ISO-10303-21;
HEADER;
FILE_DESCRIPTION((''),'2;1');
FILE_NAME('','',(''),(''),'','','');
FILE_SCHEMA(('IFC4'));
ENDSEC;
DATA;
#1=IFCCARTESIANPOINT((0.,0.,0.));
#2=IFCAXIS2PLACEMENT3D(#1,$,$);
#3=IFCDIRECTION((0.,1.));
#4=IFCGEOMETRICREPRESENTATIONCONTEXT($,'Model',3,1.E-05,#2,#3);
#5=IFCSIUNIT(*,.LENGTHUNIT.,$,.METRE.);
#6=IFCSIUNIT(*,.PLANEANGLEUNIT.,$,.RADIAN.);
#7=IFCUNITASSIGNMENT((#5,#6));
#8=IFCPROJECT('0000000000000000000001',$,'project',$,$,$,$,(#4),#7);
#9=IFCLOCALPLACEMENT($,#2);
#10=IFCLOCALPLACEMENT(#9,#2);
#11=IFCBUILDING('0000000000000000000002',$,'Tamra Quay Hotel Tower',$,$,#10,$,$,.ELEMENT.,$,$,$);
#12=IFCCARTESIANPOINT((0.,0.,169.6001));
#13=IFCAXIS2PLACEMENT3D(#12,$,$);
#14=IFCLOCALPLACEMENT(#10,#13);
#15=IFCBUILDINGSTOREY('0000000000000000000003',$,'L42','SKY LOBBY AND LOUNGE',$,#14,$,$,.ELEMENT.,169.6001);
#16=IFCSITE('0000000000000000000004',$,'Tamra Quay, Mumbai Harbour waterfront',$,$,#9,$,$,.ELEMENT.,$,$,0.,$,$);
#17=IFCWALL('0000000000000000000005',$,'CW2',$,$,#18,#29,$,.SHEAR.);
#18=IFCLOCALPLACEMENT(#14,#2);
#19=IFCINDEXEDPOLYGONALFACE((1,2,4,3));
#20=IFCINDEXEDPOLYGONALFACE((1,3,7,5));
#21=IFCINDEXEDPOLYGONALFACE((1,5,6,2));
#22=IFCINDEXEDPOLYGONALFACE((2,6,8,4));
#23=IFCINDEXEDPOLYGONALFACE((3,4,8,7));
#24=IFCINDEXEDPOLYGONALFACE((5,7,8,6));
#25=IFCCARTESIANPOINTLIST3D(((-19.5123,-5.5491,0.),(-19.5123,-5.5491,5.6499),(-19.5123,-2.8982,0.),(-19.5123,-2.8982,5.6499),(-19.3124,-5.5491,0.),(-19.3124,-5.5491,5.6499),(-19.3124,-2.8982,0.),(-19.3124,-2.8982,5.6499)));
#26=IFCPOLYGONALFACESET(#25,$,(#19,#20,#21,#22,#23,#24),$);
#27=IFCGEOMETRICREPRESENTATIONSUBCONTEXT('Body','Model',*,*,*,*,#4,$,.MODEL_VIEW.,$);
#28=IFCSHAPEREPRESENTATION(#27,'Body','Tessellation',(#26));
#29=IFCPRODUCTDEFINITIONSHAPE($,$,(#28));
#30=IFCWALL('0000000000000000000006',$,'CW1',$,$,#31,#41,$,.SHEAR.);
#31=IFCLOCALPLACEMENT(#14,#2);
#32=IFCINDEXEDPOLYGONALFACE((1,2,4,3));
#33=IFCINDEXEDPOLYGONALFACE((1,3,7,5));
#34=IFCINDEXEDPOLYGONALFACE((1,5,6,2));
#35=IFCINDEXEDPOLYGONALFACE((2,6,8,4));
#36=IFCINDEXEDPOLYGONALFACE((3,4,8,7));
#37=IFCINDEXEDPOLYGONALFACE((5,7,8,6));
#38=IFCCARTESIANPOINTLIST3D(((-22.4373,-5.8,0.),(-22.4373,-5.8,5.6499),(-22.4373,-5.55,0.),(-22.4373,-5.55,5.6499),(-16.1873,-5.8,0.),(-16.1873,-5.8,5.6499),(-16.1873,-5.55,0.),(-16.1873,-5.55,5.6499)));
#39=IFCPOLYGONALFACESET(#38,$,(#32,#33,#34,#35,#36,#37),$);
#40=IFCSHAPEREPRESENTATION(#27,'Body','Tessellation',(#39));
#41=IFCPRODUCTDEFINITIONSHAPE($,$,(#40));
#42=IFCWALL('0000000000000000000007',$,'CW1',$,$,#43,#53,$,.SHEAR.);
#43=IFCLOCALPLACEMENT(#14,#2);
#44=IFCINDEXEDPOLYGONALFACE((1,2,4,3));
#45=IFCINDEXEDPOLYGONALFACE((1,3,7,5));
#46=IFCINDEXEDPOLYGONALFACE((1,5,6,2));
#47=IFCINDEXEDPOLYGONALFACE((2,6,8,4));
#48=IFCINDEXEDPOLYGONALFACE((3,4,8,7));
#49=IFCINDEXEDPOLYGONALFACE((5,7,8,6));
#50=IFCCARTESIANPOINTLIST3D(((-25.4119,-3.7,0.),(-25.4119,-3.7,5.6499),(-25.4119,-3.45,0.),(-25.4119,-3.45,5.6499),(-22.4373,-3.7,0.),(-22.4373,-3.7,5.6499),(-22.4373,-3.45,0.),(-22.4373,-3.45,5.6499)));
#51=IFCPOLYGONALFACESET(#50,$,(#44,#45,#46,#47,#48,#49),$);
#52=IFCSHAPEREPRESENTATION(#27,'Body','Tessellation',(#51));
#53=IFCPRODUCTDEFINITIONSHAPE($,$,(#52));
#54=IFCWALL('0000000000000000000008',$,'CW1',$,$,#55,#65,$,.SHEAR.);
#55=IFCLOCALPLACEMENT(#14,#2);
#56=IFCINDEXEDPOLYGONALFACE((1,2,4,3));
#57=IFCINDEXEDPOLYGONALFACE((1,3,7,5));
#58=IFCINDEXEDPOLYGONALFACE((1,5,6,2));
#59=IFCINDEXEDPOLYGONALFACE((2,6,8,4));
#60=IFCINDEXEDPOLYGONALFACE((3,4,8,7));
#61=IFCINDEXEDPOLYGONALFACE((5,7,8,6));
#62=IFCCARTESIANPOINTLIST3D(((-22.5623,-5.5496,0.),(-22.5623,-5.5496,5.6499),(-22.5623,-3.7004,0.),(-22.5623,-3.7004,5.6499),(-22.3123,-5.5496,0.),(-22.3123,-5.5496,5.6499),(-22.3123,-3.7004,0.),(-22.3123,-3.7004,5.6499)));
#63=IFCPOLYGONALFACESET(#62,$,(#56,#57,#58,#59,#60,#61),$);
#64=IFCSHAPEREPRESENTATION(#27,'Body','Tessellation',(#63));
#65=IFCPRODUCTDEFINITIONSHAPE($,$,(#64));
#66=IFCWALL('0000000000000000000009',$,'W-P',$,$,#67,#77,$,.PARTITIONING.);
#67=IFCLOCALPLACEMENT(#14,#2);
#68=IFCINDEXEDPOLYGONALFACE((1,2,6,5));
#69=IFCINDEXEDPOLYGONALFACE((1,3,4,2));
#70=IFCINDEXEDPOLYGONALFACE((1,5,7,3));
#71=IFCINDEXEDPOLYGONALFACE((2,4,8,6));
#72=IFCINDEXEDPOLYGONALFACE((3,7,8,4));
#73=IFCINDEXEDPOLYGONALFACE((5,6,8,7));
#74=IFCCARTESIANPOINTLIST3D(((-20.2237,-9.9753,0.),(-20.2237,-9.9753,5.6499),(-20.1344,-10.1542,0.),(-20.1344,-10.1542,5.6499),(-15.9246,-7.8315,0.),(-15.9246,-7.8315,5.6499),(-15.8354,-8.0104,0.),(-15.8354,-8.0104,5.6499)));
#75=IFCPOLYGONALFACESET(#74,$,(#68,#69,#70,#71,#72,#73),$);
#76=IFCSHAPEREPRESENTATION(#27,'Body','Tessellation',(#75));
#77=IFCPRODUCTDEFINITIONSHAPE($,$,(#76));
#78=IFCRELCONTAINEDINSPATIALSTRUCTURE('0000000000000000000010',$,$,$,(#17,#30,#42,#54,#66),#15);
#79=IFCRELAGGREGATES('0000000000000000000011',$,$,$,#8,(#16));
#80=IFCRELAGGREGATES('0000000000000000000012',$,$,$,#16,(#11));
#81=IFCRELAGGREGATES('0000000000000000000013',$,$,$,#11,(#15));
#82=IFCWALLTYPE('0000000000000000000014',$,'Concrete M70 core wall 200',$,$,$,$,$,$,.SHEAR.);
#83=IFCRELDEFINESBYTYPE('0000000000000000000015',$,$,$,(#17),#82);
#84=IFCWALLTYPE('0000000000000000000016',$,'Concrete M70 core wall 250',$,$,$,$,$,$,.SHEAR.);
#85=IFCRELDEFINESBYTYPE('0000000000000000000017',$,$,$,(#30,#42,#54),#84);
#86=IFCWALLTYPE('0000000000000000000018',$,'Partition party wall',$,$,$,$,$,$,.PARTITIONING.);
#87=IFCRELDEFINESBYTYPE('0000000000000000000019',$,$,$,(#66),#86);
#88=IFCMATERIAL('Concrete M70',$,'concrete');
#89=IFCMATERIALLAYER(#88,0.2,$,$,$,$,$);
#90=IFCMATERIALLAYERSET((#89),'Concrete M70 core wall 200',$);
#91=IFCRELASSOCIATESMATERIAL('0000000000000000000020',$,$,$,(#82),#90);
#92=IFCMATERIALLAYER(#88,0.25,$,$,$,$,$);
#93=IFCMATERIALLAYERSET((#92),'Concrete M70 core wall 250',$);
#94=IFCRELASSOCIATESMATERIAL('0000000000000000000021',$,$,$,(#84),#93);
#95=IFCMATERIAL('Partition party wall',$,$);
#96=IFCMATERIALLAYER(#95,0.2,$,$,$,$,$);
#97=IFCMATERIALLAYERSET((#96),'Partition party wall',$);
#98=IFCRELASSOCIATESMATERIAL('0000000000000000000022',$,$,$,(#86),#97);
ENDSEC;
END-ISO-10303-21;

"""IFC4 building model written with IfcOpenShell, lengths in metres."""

from ifc_helpers import new_model, si_unit, direction, frame, frame_2d, origin, place, context, subcontext, project, spatial, rectangle, extrude, material, layer, layer_set, type_object, element, save


model = new_model("IFC4")

# Units and contexts
model_context = context("Model", 3, precision=1e-05, world=origin(), true_north=direction((0.0, 1.0)))
body_context = subcontext(model_context, "Body", "Model", "MODEL_VIEW")
ifc_project = project(units=[si_unit("LENGTHUNIT", "METRE"), si_unit("PLANEANGLEUNIT", "RADIAN")], contexts=[model_context])

# Site, building, storey
site_placement = place(None, origin())
site = spatial("IfcSite", under=ifc_project, at=site_placement, Name="Tamra Quay, Mumbai Harbour waterfront", CompositionType="ELEMENT", RefElevation=0.0)
building_placement = place(site_placement, origin())
building = spatial("IfcBuilding", under=site, at=building_placement, Name="Tamra Quay Hotel Tower", CompositionType="ELEMENT")
storey_placement = place(building_placement, frame((0.0, 0.0, 169.6001)))
storey = spatial("IfcBuildingStorey", under=building, at=storey_placement, Name="L42", Description="SKY LOBBY AND LOUNGE", CompositionType="ELEMENT", Elevation=169.6001)

# Shared definitions
ifc_material_1 = material(Name="Concrete M70", Category="concrete")

# Shared definitions
ifc_layer_1 = layer(ifc_material_1, 0.2)
ifc_layer_set_1 = layer_set([ifc_layer_1], Name="Concrete M70 core wall 200")
wall_type_1 = type_object("IfcWallType", Name="Concrete M70 core wall 200", PredefinedType="SHEAR", material=ifc_layer_set_1)

# Walls
wall_1_placement = place(storey_placement, frame((-19.4124, -5.5491, 0.0), z_axis=(0.0, 0.0, 1.0), x_axis=(0.0, 1.0, 0.0)))
element("IfcWall", 1, at=wall_1_placement, inside=storey, type_object=wall_type_1, Name="CW2", PredefinedType="SHEAR", context=body_context, shape_type="SweptSolid", body=[
    extrude(rectangle(XDim=2.6509, YDim=0.2, at=frame_2d((1.3254, 0.0))), origin(), (0.0, 0.0, 1.0), 5.6499),
])
ifc_layer_2 = layer(ifc_material_1, 0.25)
ifc_layer_set_2 = layer_set([ifc_layer_2], Name="Concrete M70 core wall 250")
wall_type_2 = type_object("IfcWallType", Name="Concrete M70 core wall 250", PredefinedType="SHEAR", material=ifc_layer_set_2)
wall_2_placement = place(storey_placement, frame((-16.1873, -5.675, 0.0), z_axis=(0.0, 0.0, 1.0), x_axis=(-1.0, 0.0, 0.0)))
element("IfcWall", 2, at=wall_2_placement, inside=storey, type_object=wall_type_2, Name="CW1", PredefinedType="SHEAR", context=body_context, shape_type="SweptSolid", body=[
    extrude(rectangle(XDim=6.25, YDim=0.25, at=frame_2d((3.125, 0.0))), origin(), (0.0, 0.0, 1.0), 5.6499),
])
wall_3_placement = place(storey_placement, frame((-22.4373, -3.575, 0.0), z_axis=(0.0, 0.0, 1.0), x_axis=(-1.0, 0.0, 0.0)))
element("IfcWall", 3, at=wall_3_placement, inside=storey, type_object=wall_type_2, Name="CW1", PredefinedType="SHEAR", context=body_context, shape_type="SweptSolid", body=[
    extrude(rectangle(XDim=2.9746, YDim=0.25, at=frame_2d((1.4873, 0.0))), origin(), (0.0, 0.0, 1.0), 5.6499),
])
wall_4_placement = place(storey_placement, frame((-22.4373, -5.5496, 0.0), z_axis=(0.0, 0.0, 1.0), x_axis=(0.0, 1.0, 0.0)))
element("IfcWall", 4, at=wall_4_placement, inside=storey, type_object=wall_type_2, Name="CW1", PredefinedType="SHEAR", context=body_context, shape_type="SweptSolid", body=[
    extrude(rectangle(XDim=1.8491, YDim=0.25, at=frame_2d((0.9246, 0.0))), origin(), (0.0, 0.0, 1.0), 5.6499),
])
ifc_material_2 = material(Name="Partition party wall")
ifc_layer_3 = layer(ifc_material_2, 0.2)
ifc_layer_set_3 = layer_set([ifc_layer_3], Name="Partition party wall")
wall_type_3 = type_object("IfcWallType", Name="Partition party wall", PredefinedType="PARTITIONING", material=ifc_layer_set_3)
wall_5_placement = place(storey_placement, frame((-20.179, -10.0647, 0.0), z_axis=(0.0, 0.0, 1.0), x_axis=(0.894904, 0.446258, 0.0)))
element("IfcWall", 5, at=wall_5_placement, inside=storey, type_object=wall_type_3, Name="W-P", PredefinedType="PARTITIONING", context=body_context, shape_type="SweptSolid", body=[
    extrude(rectangle(XDim=4.804, YDim=0.2, at=frame_2d((2.4019, 0.0))), origin(), (0.0, 0.0, 1.0), 5.6499),
])

save(model, "model.ifc")
